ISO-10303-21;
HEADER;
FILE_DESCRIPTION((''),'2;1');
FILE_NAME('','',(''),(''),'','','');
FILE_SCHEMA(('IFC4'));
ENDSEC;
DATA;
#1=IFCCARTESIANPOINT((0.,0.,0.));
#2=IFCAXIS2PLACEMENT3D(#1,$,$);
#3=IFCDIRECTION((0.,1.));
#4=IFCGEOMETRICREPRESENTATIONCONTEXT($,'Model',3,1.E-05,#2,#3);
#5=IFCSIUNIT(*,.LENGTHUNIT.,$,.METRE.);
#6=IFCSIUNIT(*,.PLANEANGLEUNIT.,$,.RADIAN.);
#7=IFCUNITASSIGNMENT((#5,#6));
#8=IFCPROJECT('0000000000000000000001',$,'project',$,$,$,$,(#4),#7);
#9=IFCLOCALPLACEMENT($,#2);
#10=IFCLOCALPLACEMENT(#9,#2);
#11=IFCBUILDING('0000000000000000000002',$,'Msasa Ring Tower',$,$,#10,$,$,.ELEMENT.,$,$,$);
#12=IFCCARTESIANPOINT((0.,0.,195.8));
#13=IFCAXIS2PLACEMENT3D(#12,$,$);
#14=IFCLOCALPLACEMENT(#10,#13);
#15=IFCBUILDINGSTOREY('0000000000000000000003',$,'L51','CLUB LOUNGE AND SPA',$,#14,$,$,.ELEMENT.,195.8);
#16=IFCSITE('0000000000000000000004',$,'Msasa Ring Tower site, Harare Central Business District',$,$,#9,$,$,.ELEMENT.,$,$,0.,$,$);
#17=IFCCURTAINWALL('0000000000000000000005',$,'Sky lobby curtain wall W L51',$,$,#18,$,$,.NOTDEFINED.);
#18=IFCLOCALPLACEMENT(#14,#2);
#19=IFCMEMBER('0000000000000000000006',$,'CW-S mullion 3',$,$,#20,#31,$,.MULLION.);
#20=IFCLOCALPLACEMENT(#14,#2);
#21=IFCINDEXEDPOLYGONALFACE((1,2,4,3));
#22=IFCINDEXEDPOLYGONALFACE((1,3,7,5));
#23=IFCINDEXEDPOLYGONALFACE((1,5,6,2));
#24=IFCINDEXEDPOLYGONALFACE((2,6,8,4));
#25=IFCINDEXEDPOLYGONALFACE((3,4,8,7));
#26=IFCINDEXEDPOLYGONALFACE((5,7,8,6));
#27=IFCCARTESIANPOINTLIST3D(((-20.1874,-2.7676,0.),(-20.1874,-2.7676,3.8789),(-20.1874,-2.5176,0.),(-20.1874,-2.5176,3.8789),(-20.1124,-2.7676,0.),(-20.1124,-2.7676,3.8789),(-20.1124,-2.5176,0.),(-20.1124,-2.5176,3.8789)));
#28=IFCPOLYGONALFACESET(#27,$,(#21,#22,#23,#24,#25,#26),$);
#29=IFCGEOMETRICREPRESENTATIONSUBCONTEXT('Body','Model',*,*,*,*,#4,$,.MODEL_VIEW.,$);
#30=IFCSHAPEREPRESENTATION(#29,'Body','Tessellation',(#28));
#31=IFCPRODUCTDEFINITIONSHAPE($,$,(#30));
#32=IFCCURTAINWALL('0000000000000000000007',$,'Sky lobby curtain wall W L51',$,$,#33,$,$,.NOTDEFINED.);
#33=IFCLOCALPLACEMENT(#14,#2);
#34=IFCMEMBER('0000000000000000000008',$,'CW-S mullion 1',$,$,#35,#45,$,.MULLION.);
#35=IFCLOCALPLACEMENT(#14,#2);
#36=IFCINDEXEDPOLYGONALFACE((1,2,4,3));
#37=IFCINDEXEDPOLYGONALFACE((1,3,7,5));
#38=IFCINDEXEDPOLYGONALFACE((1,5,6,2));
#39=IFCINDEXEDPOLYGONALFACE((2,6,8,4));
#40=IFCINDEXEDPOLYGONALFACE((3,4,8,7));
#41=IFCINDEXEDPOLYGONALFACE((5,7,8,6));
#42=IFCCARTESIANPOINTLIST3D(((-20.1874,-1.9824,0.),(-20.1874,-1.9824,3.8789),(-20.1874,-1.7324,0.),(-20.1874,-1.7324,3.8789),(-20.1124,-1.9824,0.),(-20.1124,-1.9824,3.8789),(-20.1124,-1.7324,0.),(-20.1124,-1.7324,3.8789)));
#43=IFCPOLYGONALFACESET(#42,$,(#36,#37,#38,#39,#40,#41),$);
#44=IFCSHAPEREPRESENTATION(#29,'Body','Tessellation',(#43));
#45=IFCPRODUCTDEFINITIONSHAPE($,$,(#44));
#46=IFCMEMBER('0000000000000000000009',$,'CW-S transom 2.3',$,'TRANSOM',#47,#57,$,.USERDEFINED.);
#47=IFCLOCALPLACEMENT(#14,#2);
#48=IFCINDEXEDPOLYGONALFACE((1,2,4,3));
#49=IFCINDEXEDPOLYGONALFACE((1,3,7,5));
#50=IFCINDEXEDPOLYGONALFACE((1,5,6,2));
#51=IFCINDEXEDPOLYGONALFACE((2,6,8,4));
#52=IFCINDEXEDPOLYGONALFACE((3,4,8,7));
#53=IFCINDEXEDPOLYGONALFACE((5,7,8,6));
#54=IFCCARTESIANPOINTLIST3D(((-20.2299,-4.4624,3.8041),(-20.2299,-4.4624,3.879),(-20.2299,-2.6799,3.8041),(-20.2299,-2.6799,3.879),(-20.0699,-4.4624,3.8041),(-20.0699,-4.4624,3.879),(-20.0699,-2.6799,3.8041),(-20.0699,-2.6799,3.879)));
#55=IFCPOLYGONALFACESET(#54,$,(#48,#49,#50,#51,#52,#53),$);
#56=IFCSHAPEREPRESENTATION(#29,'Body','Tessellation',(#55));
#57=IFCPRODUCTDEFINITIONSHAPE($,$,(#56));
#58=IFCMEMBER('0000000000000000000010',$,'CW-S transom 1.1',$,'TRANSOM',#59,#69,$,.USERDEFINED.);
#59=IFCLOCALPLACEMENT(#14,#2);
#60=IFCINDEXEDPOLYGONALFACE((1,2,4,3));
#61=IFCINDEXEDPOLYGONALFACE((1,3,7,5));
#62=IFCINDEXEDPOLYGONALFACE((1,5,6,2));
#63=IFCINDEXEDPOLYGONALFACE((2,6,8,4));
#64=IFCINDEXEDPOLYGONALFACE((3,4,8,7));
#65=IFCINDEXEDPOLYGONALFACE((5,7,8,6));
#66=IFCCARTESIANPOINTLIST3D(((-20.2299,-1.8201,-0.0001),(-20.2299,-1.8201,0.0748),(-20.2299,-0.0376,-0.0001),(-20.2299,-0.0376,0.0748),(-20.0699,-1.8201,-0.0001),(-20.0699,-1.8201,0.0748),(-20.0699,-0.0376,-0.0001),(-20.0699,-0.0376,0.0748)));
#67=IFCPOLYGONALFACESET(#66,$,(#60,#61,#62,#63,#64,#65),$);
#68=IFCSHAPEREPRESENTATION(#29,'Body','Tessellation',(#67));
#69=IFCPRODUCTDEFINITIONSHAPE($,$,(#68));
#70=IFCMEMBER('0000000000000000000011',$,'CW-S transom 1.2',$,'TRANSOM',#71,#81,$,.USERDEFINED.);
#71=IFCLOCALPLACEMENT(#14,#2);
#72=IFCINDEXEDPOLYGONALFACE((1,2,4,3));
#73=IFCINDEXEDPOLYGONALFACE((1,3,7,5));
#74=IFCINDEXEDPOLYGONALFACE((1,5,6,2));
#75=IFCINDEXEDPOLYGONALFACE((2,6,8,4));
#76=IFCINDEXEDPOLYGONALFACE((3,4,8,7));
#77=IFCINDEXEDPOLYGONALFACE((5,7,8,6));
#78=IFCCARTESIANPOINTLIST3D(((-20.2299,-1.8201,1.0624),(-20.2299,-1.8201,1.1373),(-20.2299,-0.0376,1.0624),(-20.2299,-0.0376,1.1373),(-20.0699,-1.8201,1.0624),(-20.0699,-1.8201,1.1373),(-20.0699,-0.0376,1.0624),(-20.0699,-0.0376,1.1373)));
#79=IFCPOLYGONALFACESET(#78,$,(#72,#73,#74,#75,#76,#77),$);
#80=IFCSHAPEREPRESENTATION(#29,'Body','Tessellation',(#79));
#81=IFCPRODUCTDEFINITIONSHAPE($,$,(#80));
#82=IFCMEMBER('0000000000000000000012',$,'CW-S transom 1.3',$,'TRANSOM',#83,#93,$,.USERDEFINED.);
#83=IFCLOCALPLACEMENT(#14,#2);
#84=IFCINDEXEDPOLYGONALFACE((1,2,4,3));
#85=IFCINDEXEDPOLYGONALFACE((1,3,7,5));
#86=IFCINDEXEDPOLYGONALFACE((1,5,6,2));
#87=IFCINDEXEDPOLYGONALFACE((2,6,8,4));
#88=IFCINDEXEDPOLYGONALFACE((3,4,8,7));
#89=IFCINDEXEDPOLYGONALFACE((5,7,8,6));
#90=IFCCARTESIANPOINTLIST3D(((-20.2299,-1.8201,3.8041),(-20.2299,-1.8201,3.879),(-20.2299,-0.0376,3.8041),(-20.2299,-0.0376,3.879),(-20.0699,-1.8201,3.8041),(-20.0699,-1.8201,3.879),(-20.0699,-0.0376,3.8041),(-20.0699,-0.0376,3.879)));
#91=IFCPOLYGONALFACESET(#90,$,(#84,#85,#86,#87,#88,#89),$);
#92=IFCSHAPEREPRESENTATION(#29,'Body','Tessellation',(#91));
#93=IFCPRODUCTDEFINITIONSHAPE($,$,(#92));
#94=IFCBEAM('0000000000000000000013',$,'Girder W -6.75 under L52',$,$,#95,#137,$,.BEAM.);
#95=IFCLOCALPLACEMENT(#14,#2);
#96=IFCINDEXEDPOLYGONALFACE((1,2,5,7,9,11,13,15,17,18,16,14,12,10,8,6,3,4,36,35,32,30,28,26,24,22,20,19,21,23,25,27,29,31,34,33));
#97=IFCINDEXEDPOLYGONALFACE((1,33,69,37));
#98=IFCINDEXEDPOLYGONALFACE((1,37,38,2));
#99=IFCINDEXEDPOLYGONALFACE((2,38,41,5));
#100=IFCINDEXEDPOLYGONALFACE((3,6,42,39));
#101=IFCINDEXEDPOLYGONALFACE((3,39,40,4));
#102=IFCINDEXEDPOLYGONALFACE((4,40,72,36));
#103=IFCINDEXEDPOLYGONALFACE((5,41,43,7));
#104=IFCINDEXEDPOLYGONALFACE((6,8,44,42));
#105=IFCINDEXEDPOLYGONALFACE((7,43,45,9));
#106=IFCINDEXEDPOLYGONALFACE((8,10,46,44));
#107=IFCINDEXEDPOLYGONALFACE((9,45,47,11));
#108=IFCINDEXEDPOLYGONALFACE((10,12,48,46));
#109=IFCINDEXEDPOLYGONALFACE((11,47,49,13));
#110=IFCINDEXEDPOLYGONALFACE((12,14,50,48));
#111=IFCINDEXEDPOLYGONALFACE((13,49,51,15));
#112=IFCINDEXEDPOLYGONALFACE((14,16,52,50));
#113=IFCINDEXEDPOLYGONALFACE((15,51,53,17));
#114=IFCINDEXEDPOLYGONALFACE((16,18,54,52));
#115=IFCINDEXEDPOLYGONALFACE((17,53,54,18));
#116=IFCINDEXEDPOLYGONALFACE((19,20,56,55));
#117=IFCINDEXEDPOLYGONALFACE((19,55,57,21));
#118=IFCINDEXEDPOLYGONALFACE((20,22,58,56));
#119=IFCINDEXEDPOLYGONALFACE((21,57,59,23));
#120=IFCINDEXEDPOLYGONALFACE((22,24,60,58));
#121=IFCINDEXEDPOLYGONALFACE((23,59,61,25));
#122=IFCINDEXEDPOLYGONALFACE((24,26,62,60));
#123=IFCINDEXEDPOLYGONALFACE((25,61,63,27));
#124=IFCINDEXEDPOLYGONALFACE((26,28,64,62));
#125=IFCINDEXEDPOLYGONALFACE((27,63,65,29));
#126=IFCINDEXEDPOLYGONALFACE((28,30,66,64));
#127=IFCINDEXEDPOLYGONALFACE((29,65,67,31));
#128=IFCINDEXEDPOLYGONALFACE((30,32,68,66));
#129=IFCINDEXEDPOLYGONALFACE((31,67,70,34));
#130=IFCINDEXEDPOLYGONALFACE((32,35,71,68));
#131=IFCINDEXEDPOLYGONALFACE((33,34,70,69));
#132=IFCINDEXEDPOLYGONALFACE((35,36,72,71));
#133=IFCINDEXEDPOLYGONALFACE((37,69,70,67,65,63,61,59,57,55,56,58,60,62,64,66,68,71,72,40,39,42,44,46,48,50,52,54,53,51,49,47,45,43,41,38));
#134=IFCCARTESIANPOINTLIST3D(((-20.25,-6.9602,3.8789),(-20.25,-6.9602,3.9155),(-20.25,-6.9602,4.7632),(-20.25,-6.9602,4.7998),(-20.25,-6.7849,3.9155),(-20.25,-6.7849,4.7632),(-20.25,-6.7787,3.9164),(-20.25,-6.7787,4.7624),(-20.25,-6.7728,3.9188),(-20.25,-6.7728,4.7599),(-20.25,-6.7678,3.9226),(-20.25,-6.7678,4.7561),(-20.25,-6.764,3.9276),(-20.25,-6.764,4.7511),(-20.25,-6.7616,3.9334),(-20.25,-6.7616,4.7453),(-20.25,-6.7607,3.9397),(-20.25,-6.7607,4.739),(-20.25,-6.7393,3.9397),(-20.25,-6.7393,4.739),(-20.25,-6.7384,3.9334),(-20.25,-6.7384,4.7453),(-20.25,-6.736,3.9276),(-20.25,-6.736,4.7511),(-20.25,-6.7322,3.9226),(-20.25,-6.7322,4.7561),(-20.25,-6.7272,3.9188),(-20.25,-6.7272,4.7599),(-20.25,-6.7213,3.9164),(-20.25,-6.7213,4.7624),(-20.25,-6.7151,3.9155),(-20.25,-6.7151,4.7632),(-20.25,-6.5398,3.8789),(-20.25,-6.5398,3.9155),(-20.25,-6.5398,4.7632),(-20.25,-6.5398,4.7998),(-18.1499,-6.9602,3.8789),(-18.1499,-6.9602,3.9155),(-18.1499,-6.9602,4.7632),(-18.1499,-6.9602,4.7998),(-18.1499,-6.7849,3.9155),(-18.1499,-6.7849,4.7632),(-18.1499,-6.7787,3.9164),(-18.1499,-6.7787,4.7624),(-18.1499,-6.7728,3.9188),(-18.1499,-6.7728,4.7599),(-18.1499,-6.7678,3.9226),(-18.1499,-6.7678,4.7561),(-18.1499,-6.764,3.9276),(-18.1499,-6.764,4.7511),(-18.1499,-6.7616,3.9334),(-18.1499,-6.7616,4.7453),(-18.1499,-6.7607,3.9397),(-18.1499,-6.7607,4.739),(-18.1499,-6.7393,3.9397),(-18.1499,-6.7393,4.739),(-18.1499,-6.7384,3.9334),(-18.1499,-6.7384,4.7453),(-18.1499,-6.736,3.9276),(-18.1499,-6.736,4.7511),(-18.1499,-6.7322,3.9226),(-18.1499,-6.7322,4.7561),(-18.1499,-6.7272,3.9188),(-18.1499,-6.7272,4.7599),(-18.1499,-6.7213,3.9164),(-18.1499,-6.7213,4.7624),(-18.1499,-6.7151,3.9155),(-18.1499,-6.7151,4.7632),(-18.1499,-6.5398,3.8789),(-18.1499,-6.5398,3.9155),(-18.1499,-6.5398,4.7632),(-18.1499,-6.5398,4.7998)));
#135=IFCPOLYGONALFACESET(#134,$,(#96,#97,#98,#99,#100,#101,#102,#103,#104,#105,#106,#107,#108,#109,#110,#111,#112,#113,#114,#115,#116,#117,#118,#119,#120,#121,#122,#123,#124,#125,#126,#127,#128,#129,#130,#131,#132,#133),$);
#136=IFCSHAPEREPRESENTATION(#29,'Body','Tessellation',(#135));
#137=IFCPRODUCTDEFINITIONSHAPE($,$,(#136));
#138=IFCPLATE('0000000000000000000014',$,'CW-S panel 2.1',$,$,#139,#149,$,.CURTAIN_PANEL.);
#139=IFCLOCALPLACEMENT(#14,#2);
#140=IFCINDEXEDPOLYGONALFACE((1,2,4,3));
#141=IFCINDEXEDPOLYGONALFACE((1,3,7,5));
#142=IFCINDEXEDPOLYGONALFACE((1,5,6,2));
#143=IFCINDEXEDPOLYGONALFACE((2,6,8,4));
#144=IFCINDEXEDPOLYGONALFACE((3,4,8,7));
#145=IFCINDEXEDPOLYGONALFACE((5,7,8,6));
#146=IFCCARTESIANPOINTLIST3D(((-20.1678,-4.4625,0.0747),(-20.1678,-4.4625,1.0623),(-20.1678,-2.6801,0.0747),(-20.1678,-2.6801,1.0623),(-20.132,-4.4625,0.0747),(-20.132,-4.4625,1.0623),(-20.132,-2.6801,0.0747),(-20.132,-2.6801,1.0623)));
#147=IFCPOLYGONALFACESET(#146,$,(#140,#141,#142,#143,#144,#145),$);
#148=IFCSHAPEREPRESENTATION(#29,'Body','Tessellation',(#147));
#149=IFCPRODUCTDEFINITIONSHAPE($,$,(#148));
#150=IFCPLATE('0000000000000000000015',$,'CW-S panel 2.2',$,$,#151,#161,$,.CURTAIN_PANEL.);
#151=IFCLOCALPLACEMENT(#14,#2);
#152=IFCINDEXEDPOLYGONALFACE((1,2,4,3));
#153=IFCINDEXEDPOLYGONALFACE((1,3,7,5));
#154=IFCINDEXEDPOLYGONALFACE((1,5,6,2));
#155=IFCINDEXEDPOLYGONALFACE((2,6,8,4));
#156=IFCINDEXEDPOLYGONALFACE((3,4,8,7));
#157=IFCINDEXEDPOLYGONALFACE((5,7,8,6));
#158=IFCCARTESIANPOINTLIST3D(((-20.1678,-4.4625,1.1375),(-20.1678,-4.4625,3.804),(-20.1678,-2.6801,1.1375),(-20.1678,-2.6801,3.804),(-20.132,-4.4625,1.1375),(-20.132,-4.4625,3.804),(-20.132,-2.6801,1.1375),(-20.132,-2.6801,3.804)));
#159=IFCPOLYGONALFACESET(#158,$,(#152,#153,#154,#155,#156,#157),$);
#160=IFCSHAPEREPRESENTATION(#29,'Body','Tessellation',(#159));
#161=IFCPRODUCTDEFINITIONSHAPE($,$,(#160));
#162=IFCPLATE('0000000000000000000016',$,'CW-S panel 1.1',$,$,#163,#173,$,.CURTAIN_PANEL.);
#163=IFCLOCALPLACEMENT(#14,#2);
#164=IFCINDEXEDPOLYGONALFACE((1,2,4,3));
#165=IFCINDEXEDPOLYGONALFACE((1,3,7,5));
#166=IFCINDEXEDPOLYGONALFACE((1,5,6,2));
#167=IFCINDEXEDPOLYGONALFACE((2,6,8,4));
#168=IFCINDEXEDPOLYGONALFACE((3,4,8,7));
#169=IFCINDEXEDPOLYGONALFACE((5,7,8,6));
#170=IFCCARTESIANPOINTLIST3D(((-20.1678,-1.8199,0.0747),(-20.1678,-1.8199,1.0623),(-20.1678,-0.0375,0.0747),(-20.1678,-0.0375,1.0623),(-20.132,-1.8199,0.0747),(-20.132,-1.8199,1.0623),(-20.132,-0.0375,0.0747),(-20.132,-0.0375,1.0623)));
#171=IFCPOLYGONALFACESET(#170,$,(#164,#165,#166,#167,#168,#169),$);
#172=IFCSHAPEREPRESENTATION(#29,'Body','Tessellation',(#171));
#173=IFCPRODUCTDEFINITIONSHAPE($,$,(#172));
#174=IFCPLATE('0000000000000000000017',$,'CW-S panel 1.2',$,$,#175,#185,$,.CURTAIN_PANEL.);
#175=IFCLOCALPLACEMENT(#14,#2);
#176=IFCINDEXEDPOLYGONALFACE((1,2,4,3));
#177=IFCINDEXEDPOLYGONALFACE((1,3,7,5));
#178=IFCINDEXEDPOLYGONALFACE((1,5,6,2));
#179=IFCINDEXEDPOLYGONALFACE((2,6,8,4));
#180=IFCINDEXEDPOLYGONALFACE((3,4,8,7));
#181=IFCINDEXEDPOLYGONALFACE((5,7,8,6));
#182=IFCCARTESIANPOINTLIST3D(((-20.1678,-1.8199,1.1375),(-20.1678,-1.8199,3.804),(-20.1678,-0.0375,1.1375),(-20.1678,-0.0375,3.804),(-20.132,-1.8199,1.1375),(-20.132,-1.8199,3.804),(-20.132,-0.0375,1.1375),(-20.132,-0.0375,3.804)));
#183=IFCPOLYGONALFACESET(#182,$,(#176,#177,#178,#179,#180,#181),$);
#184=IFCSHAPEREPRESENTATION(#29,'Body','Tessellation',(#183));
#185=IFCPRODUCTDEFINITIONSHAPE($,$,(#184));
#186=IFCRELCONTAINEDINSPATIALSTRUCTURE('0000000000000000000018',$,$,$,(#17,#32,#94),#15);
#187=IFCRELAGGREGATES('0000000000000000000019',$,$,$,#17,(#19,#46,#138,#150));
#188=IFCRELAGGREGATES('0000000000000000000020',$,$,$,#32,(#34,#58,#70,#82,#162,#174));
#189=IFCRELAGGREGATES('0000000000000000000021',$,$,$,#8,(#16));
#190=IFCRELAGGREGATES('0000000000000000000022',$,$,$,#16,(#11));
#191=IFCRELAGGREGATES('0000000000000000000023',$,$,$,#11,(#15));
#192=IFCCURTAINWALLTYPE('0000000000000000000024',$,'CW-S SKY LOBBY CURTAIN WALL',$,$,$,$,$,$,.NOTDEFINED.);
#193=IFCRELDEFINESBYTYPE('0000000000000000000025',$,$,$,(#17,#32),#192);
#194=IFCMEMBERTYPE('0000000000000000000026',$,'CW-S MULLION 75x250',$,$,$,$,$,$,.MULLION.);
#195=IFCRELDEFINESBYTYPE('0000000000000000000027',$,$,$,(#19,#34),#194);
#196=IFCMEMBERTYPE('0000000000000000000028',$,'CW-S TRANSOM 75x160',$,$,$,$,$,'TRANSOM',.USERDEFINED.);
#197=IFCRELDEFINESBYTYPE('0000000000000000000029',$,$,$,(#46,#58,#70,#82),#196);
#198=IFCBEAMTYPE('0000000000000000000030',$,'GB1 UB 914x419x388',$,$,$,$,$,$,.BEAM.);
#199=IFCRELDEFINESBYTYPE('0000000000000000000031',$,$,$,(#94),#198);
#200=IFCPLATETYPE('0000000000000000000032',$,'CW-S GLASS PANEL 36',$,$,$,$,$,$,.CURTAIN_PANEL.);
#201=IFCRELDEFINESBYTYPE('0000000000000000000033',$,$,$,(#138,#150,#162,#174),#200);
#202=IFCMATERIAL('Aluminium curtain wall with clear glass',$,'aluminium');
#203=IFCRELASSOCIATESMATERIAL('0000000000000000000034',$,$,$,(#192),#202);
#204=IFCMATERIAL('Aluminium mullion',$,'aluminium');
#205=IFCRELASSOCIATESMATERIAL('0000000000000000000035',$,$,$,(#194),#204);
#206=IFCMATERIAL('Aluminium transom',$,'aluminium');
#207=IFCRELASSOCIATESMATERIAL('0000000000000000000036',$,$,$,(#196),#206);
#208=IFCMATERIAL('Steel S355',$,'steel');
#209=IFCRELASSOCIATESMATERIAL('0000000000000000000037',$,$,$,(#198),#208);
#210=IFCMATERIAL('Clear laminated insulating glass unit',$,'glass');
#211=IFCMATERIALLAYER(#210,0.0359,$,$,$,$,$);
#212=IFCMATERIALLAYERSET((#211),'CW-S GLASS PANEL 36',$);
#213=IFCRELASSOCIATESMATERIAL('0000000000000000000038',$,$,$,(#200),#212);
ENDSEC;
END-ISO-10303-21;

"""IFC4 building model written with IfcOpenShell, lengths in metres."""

from ifc_helpers import new_model, si_unit, direction, frame, origin, origin_2d, place, context, subcontext, project, spatial, rectangle, i_section, extrude, material, layer, layer_set, material_profile, profile_set, type_object, element, aggregate, save


model = new_model("IFC4")

# Units and contexts
model_context = context("Model", 3, precision=1e-05, world=origin(), true_north=direction((0.0, 1.0)))
body_context = subcontext(model_context, "Body", "Model", "MODEL_VIEW")
ifc_project = project(units=[si_unit("LENGTHUNIT", "METRE"), si_unit("PLANEANGLEUNIT", "RADIAN")], contexts=[model_context])

# Site, building, storey
site_placement = place(None, origin())
site = spatial("IfcSite", under=ifc_project, at=site_placement, Name="Msasa Ring Tower site, Harare Central Business District", CompositionType="ELEMENT", RefElevation=0.0)
building_placement = place(site_placement, origin())
building = spatial("IfcBuilding", under=site, at=building_placement, Name="Msasa Ring Tower", CompositionType="ELEMENT")
storey_placement = place(building_placement, frame((0.0, 0.0, 195.8)))
storey = spatial("IfcBuildingStorey", under=building, at=storey_placement, Name="L51", Description="CLUB LOUNGE AND SPA", CompositionType="ELEMENT", Elevation=195.8)

# Curtain walls, members
ifc_material_1 = material(Name="Aluminium curtain wall with clear glass", Category="aluminium")
curtain_wall_type = type_object("IfcCurtainWallType", Name="CW-S SKY LOBBY CURTAIN WALL", PredefinedType="NOTDEFINED", material=ifc_material_1)
curtain_wall_1_placement = place(storey_placement, origin())
curtain_wall_1 = element("IfcCurtainWall", 1, at=curtain_wall_1_placement, inside=storey, type_object=curtain_wall_type, Name="Sky lobby curtain wall W L51", PredefinedType="NOTDEFINED")
ifc_material_2 = material(Name="Aluminium mullion", Category="aluminium")
ifc_material_profile_1 = material_profile(ifc_material_2, rectangle(XDim=0.075, YDim=0.25, at=origin_2d()), Name="AL 75x250")
ifc_profile_set_1 = profile_set([ifc_material_profile_1], Name="Aluminium mullion")
member_type_1 = type_object("IfcMemberType", Name="CW-S MULLION 75x250", PredefinedType="MULLION", material=ifc_profile_set_1)
member_1_placement = place(storey_placement, frame((-20.1499, -2.6426, 0.0), z_axis=(0.0, 0.0, 1.0), x_axis=(-1.0, 0.0, 0.0)))
member_1 = element("IfcMember", 2, at=member_1_placement, type_object=member_type_1, Name="CW-S mullion 3", PredefinedType="MULLION", context=body_context, shape_type="SweptSolid", body=[
    extrude(rectangle(XDim=0.075, YDim=0.25, at=origin_2d()), origin(), (0.0, 0.0, 1.0), 3.8789),
])
curtain_wall_2_placement = place(storey_placement, origin())
curtain_wall_2 = element("IfcCurtainWall", 3, at=curtain_wall_2_placement, inside=storey, type_object=curtain_wall_type, Name="Sky lobby curtain wall W L51", PredefinedType="NOTDEFINED")
member_2_placement = place(storey_placement, frame((-20.1499, -1.8574, 0.0), z_axis=(0.0, 0.0, 1.0), x_axis=(-1.0, 0.0, 0.0)))
member_2 = element("IfcMember", 4, at=member_2_placement, type_object=member_type_1, Name="CW-S mullion 1", PredefinedType="MULLION", context=body_context, shape_type="SweptSolid", body=[
    extrude(rectangle(XDim=0.075, YDim=0.25, at=origin_2d()), origin(), (0.0, 0.0, 1.0), 3.8789),
])

# Members
ifc_material_3 = material(Name="Aluminium transom", Category="aluminium")
ifc_material_profile_2 = material_profile(ifc_material_3, rectangle(XDim=0.1599, YDim=0.075, at=origin_2d()), Name="AL 75x160")
ifc_profile_set_2 = profile_set([ifc_material_profile_2], Name="Aluminium transom")
member_type_2 = type_object("IfcMemberType", Name="CW-S TRANSOM 75x160", ElementType="TRANSOM", PredefinedType="USERDEFINED", material=ifc_profile_set_2)
member_3_placement = place(storey_placement, frame((-20.1499, -4.4624, 3.8416), z_axis=(0.0, 1.0, 0.0), x_axis=(-1.0, 0.0, 0.0)))
member_3 = element("IfcMember", 5, at=member_3_placement, type_object=member_type_2, Name="CW-S transom 2.3", ObjectType="TRANSOM", PredefinedType="USERDEFINED", context=body_context, shape_type="SweptSolid", body=[
    extrude(rectangle(XDim=0.1599, YDim=0.075, at=origin_2d()), origin(), (0.0, 0.0, 1.0), 1.7825),
])
member_4_placement = place(storey_placement, frame((-20.1499, -1.8201, 0.0374), z_axis=(0.0, 1.0, 0.0), x_axis=(-1.0, 0.0, 0.0)))
member_4 = element("IfcMember", 6, at=member_4_placement, type_object=member_type_2, Name="CW-S transom 1.1", ObjectType="TRANSOM", PredefinedType="USERDEFINED", context=body_context, shape_type="SweptSolid", body=[
    extrude(rectangle(XDim=0.1599, YDim=0.075, at=origin_2d()), origin(), (0.0, 0.0, 1.0), 1.7825),
])
member_5_placement = place(storey_placement, frame((-20.1499, -1.8201, 1.0999), z_axis=(0.0, 1.0, 0.0), x_axis=(-1.0, 0.0, 0.0)))
member_5 = element("IfcMember", 7, at=member_5_placement, type_object=member_type_2, Name="CW-S transom 1.2", ObjectType="TRANSOM", PredefinedType="USERDEFINED", context=body_context, shape_type="SweptSolid", body=[
    extrude(rectangle(XDim=0.1599, YDim=0.075, at=origin_2d()), origin(), (0.0, 0.0, 1.0), 1.7825),
])
member_6_placement = place(storey_placement, frame((-20.1499, -1.8201, 3.8416), z_axis=(0.0, 1.0, 0.0), x_axis=(-1.0, 0.0, 0.0)))
member_6 = element("IfcMember", 8, at=member_6_placement, type_object=member_type_2, Name="CW-S transom 1.3", ObjectType="TRANSOM", PredefinedType="USERDEFINED", context=body_context, shape_type="SweptSolid", body=[
    extrude(rectangle(XDim=0.1599, YDim=0.075, at=origin_2d()), origin(), (0.0, 0.0, 1.0), 1.7825),
])

# Beam
ifc_material_4 = material(Name="Steel S355", Category="steel")
ifc_material_profile_3 = material_profile(ifc_material_4, i_section(OverallWidth=0.4204, OverallDepth=0.9209, WebThickness=0.0215, FlangeThickness=0.0366, FilletRadius=0.0242, at=origin_2d()), Name="UB 914x419x388")
ifc_profile_set_3 = profile_set([ifc_material_profile_3], Name="Steel S355")
beam_type = type_object("IfcBeamType", Name="GB1 UB 914x419x388", PredefinedType="BEAM", material=ifc_profile_set_3)
beam_placement = place(storey_placement, frame((-18.1499, -6.75, 4.3394), z_axis=(-1.0, 0.0, 0.0), x_axis=(0.0, -1.0, 0.0)))
element("IfcBeam", 9, at=beam_placement, inside=storey, type_object=beam_type, Name="Girder W -6.75 under L52", PredefinedType="BEAM", context=body_context, shape_type="SweptSolid", body=[
    extrude(i_section(OverallWidth=0.4204, OverallDepth=0.9209, WebThickness=0.0215, FlangeThickness=0.0366, FilletRadius=0.0242, at=origin_2d()), origin(), (0.0, 0.0, 1.0), 2.1001),
])

# Plates
ifc_material_5 = material(Name="Clear laminated insulating glass unit", Category="glass")
ifc_layer_1 = layer(ifc_material_5, 0.0359)
ifc_layer_set_1 = layer_set([ifc_layer_1], Name="CW-S GLASS PANEL 36")
plate_type = type_object("IfcPlateType", Name="CW-S GLASS PANEL 36", PredefinedType="CURTAIN_PANEL", material=ifc_layer_set_1)
plate_1_placement = place(storey_placement, frame((-20.1499, -3.5713, 0.0747), z_axis=(0.0, 0.0, 1.0), x_axis=(0.0, 1.0, 0.0)))
plate_1 = element("IfcPlate", 10, at=plate_1_placement, type_object=plate_type, Name="CW-S panel 2.1", PredefinedType="CURTAIN_PANEL", context=body_context, shape_type="SweptSolid", body=[
    extrude(rectangle(XDim=1.7825, YDim=0.0359, at=origin_2d()), origin(), (0.0, 0.0, 1.0), 0.9875),
])
plate_2_placement = place(storey_placement, frame((-20.1499, -3.5713, 1.1375), z_axis=(0.0, 0.0, 1.0), x_axis=(0.0, 1.0, 0.0)))
plate_2 = element("IfcPlate", 11, at=plate_2_placement, type_object=plate_type, Name="CW-S panel 2.2", PredefinedType="CURTAIN_PANEL", context=body_context, shape_type="SweptSolid", body=[
    extrude(rectangle(XDim=1.7825, YDim=0.0359, at=origin_2d()), origin(), (0.0, 0.0, 1.0), 2.6665),
])
aggregate(curtain_wall_1, [member_1, member_3, plate_1, plate_2])
plate_3_placement = place(storey_placement, frame((-20.1499, -0.9287, 0.0747), z_axis=(0.0, 0.0, 1.0), x_axis=(0.0, 1.0, 0.0)))
plate_3 = element("IfcPlate", 12, at=plate_3_placement, type_object=plate_type, Name="CW-S panel 1.1", PredefinedType="CURTAIN_PANEL", context=body_context, shape_type="SweptSolid", body=[
    extrude(rectangle(XDim=1.7825, YDim=0.0359, at=origin_2d()), origin(), (0.0, 0.0, 1.0), 0.9875),
])
plate_4_placement = place(storey_placement, frame((-20.1499, -0.9287, 1.1375), z_axis=(0.0, 0.0, 1.0), x_axis=(0.0, 1.0, 0.0)))
plate_4 = element("IfcPlate", 13, at=plate_4_placement, type_object=plate_type, Name="CW-S panel 1.2", PredefinedType="CURTAIN_PANEL", context=body_context, shape_type="SweptSolid", body=[
    extrude(rectangle(XDim=1.7825, YDim=0.0359, at=origin_2d()), origin(), (0.0, 0.0, 1.0), 2.6665),
])
aggregate(curtain_wall_2, [member_2, member_4, member_5, member_6, plate_3, plate_4])

save(model, "model.ifc")
